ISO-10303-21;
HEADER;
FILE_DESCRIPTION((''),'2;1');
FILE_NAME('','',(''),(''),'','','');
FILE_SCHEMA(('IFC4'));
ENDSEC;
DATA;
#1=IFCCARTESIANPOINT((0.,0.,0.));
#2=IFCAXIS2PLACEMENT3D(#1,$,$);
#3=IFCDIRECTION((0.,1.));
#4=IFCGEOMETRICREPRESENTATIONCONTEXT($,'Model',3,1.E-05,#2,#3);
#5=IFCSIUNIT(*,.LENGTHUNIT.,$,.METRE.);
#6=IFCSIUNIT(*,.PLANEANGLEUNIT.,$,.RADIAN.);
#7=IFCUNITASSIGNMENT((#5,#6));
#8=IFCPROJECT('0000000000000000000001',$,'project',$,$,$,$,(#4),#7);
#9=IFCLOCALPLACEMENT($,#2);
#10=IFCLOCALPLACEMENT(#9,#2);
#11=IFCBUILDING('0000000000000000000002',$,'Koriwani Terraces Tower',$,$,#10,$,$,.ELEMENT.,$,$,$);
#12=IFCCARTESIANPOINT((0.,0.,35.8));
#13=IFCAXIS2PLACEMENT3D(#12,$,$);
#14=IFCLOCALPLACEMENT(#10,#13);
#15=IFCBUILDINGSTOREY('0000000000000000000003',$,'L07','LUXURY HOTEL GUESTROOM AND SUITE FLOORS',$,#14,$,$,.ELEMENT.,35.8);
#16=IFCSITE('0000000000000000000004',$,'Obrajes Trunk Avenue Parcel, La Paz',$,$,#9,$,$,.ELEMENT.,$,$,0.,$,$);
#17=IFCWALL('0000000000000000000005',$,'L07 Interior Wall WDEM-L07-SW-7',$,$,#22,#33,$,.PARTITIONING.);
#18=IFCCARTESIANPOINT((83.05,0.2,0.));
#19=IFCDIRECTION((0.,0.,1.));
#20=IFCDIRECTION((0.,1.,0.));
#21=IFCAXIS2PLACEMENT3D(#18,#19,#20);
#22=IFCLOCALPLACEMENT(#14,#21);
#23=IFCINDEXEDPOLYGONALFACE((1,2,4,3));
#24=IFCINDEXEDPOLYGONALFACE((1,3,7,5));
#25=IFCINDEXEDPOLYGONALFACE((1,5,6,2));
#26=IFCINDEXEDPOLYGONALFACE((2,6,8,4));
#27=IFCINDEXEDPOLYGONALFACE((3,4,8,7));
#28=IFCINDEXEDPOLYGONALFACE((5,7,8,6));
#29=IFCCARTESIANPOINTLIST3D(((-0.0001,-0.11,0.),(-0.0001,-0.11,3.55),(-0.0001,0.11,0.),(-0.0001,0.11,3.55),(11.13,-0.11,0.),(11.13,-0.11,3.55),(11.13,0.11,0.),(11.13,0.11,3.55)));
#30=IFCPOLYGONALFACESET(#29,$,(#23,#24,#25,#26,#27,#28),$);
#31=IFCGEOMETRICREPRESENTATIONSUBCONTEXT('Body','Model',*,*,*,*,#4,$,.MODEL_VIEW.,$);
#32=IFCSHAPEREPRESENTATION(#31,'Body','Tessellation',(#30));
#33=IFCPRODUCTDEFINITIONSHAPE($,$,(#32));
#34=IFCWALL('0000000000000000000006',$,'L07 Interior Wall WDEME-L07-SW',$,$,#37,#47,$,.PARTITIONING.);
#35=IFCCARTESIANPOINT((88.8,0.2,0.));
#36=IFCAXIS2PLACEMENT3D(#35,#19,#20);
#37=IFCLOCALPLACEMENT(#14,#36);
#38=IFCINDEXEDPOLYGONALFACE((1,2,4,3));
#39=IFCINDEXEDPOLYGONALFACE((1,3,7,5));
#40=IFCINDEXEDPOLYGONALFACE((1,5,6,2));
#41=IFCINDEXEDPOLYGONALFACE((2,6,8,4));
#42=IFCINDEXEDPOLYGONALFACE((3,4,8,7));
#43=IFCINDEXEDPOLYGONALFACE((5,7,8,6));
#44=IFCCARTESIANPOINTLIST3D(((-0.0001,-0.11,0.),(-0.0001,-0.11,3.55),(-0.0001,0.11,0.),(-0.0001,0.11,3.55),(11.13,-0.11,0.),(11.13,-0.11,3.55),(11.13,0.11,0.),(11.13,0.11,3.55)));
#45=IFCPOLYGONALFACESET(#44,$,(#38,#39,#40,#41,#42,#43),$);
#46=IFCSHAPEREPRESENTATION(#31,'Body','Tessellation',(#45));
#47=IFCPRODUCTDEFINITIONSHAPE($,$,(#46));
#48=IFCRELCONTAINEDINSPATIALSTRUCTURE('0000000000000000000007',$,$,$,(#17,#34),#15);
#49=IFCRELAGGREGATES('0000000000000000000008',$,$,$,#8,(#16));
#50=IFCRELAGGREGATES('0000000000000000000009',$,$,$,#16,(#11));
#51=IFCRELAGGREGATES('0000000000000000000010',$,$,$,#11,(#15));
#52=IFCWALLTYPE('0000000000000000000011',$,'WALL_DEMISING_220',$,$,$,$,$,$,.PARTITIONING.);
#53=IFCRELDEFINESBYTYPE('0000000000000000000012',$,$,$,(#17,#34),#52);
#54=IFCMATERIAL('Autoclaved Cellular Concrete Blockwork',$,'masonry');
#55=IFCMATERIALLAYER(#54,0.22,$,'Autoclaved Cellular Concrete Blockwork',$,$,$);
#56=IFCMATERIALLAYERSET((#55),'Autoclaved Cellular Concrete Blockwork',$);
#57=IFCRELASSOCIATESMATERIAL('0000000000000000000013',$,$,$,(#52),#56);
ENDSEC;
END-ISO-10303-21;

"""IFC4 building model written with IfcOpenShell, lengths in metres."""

from ifc_helpers import new_model, si_unit, direction, frame, frame_2d, origin, place, context, subcontext, project, spatial, rectangle, extrude, material, layer, layer_set, type_object, element, save


model = new_model("IFC4")

# Units and contexts
model_context = context("Model", 3, precision=1e-05, world=origin(), true_north=direction((0.0, 1.0)))
body_context = subcontext(model_context, "Body", "Model", "MODEL_VIEW")
ifc_project = project(units=[si_unit("LENGTHUNIT", "METRE"), si_unit("PLANEANGLEUNIT", "RADIAN")], contexts=[model_context])

# Site, building, storey
site_placement = place(None, origin())
site = spatial("IfcSite", under=ifc_project, at=site_placement, Name="Obrajes Trunk Avenue Parcel, La Paz", CompositionType="ELEMENT", RefElevation=0.0)
building_placement = place(site_placement, origin())
building = spatial("IfcBuilding", under=site, at=building_placement, Name="Koriwani Terraces Tower", CompositionType="ELEMENT")
storey_placement = place(building_placement, frame((0.0, 0.0, 35.8)))
storey = spatial("IfcBuildingStorey", under=building, at=storey_placement, Name="L07", Description="LUXURY HOTEL GUESTROOM AND SUITE FLOORS", CompositionType="ELEMENT", Elevation=35.8)

# Walls
ifc_material_1 = material(Name="Autoclaved Cellular Concrete Blockwork", Category="masonry")
ifc_layer_1 = layer(ifc_material_1, 0.22, Name="Autoclaved Cellular Concrete Blockwork")
ifc_layer_set_1 = layer_set([ifc_layer_1], Name="Autoclaved Cellular Concrete Blockwork")
wall_type_1 = type_object("IfcWallType", Name="WALL_DEMISING_220", PredefinedType="PARTITIONING", material=ifc_layer_set_1)
for number, where, z_axis, x_axis, name in (
    (1, (83.05, 0.2, 0.0), (0.0, 0.0, 1.0), (0.0, 1.0, 0.0), "L07 Interior Wall WDEM-L07-SW-7"),
    (2, (88.8, 0.2, 0.0), (0.0, 0.0, 1.0), (0.0, 1.0, 0.0), "L07 Interior Wall WDEME-L07-SW"),
):
    element("IfcWall", number, at=place(storey_placement, frame(where, z_axis=z_axis, x_axis=x_axis)), inside=storey, type_object=wall_type_1, Name=name, PredefinedType="PARTITIONING", context=body_context, shape_type="SweptSolid", body=[
        extrude(rectangle(XDim=11.1301, YDim=0.22, at=frame_2d((5.5649, 0.0))), origin(), (0.0, 0.0, 1.0), 3.55),
    ])

save(model, "model.ifc")
